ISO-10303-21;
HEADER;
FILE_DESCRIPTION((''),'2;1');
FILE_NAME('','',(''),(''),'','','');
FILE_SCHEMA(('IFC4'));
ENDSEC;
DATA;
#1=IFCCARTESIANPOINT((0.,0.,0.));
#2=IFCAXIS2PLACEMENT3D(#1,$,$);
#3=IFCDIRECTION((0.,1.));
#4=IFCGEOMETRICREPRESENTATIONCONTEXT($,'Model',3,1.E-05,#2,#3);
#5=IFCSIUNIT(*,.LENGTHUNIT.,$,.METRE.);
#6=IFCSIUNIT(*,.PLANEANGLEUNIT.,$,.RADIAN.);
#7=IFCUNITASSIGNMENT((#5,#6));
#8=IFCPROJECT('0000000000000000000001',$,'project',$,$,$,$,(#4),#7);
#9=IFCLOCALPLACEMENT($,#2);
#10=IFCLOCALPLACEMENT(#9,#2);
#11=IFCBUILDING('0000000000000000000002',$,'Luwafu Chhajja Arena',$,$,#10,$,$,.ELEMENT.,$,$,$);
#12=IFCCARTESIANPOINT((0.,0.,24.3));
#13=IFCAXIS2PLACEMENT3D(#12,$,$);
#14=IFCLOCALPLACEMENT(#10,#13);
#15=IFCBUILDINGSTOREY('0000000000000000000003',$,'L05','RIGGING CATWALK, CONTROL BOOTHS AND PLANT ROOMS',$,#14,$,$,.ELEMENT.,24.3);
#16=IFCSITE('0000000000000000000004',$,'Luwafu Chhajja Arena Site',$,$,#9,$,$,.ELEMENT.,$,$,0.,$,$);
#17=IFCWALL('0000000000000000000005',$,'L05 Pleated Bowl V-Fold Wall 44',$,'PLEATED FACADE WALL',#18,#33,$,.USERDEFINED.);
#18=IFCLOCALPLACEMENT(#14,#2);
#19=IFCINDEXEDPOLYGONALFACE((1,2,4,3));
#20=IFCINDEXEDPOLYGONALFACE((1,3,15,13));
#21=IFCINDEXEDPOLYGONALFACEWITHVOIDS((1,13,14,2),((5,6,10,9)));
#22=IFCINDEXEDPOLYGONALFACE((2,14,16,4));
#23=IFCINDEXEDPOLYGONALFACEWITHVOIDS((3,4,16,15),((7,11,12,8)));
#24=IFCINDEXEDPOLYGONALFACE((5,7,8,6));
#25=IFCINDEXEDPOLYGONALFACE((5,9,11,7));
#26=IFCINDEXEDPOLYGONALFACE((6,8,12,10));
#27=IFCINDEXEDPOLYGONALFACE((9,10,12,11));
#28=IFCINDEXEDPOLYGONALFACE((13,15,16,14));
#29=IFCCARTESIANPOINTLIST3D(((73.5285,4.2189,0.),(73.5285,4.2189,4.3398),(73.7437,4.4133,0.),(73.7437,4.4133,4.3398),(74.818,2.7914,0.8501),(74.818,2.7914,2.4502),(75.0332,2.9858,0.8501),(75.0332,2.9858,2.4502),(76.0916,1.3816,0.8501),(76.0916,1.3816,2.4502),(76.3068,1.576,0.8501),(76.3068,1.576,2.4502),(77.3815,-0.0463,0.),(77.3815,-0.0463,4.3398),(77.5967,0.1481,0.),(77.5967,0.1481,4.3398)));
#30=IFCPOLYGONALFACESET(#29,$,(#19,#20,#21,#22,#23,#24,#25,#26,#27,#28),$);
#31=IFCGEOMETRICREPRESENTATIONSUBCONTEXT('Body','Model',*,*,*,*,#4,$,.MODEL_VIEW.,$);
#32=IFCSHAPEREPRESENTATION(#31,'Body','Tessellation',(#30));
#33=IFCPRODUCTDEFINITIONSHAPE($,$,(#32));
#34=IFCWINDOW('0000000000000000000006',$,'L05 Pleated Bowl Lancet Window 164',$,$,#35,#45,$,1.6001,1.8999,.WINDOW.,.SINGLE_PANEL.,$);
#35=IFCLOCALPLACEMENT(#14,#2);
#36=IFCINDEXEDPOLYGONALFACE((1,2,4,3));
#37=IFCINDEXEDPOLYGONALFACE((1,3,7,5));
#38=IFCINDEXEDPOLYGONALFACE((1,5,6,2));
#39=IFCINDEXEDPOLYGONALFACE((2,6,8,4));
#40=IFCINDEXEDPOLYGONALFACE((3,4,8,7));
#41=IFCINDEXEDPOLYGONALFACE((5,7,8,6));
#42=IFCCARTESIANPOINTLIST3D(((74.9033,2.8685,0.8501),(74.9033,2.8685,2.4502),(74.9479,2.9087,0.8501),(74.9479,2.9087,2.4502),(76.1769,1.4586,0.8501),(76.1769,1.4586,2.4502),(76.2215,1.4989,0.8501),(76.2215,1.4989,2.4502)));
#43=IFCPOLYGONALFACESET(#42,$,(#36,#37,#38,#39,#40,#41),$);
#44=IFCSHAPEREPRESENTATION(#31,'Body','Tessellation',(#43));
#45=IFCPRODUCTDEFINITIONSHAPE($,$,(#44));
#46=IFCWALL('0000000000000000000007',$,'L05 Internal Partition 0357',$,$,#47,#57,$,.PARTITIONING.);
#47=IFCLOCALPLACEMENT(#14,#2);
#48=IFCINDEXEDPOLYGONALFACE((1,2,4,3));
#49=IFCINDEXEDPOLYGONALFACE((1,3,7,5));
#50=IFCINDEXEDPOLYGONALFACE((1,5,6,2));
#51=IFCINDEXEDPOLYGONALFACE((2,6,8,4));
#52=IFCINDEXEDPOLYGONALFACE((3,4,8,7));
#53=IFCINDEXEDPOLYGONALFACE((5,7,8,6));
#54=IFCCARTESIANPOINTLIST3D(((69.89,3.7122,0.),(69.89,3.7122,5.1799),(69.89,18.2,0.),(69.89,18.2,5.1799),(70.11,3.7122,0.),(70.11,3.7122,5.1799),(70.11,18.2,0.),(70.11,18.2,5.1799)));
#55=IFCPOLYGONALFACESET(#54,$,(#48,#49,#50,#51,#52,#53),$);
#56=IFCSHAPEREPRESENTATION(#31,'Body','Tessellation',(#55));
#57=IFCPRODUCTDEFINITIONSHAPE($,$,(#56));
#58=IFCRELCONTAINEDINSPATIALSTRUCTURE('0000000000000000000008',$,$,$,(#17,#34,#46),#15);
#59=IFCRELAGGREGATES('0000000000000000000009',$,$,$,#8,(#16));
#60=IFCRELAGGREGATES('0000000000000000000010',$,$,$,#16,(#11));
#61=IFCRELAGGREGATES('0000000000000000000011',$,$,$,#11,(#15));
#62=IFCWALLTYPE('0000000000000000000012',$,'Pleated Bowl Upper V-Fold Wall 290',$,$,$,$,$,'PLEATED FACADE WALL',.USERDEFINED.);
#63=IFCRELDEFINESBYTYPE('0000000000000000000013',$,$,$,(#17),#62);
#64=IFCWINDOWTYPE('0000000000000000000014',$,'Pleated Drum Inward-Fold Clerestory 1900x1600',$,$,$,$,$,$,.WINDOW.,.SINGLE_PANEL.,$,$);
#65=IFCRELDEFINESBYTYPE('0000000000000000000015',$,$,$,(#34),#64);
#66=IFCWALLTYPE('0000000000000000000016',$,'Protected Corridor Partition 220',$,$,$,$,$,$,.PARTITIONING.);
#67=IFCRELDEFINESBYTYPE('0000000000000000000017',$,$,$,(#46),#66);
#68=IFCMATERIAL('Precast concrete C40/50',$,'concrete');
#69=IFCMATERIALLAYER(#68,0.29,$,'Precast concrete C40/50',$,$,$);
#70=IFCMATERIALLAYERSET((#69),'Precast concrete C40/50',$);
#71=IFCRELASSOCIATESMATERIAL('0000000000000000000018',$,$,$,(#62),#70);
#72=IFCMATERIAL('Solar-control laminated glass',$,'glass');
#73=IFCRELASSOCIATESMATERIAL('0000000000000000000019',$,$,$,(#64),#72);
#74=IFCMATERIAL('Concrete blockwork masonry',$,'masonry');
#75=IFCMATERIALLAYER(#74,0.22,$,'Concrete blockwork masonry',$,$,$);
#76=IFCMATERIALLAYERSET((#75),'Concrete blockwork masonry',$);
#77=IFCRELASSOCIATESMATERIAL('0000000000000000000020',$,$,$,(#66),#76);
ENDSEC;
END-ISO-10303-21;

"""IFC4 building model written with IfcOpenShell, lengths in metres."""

from ifc_helpers import new_model, si_unit, direction, frame, frame_2d, origin, place, context, subcontext, project, spatial, rectangle, extrude, material, layer, layer_set, type_object, element, fill, save


model = new_model("IFC4")

# Units and contexts
model_context = context("Model", 3, precision=1e-05, world=origin(), true_north=direction((0.0, 1.0)))
body_context = subcontext(model_context, "Body", "Model", "MODEL_VIEW")
ifc_project = project(units=[si_unit("LENGTHUNIT", "METRE"), si_unit("PLANEANGLEUNIT", "RADIAN")], contexts=[model_context])

# Site, building, storey
site_placement = place(None, origin())
site = spatial("IfcSite", under=ifc_project, at=site_placement, Name="Luwafu Chhajja Arena Site", CompositionType="ELEMENT", RefElevation=0.0)
building_placement = place(site_placement, origin())
building = spatial("IfcBuilding", under=site, at=building_placement, Name="Luwafu Chhajja Arena", CompositionType="ELEMENT")
storey_placement = place(building_placement, frame((0.0, 0.0, 24.3)))
storey = spatial("IfcBuildingStorey", under=building, at=storey_placement, Name="L05", Description="RIGGING CATWALK, CONTROL BOOTHS AND PLANT ROOMS", CompositionType="ELEMENT", Elevation=24.3)

# Shared definitions
ifc_material_1 = material(Name="Solar-control laminated glass", Category="glass")

# Wall, opening, window
ifc_material_2 = material(Name="Precast concrete C40/50", Category="concrete")
ifc_layer_1 = layer(ifc_material_2, 0.29, Name="Precast concrete C40/50")
ifc_layer_set_1 = layer_set([ifc_layer_1], Name="Precast concrete C40/50")
wall_type_1 = type_object("IfcWallType", Name="Pleated Bowl Upper V-Fold Wall 290", ElementType="PLEATED FACADE WALL", PredefinedType="USERDEFINED", material=ifc_layer_set_1)
wall_1_placement = place(storey_placement, frame((73.636, 4.3162, 0.0), z_axis=(0.0, 0.0, 1.0), x_axis=(0.670348, -0.742047, 0.0)))
wall_1 = element("IfcWall", 1, at=wall_1_placement, inside=storey, type_object=wall_type_1, Name="L05 Pleated Bowl V-Fold Wall 44", ObjectType="PLEATED FACADE WALL", PredefinedType="USERDEFINED", context=body_context, shape_type="SweptSolid", body=[
    extrude(rectangle(XDim=5.7478, YDim=0.29, at=frame_2d((2.874, 0.0))), origin(), (0.0, 0.0, 1.0), 4.3398),
])
opening_1_placement = place(wall_1_placement, frame((1.9238, 0.0, 0.8501)))
opening_1 = element("IfcOpeningElement", 2, at=opening_1_placement, cuts=wall_1, PredefinedType="OPENING", context=body_context, shape_type="SweptSolid", body=[
    extrude(rectangle(XDim=1.8999, YDim=1.6001, at=frame_2d((0.95, 0.8))), frame((0.0, 0.155, 0.0), z_axis=(0.0, -1.0, 0.0), x_axis=(1.0, 0.0, 0.0)), (0.0, 0.0, 1.0), 0.3101),
])
window_type = type_object("IfcWindowType", Name="Pleated Drum Inward-Fold Clerestory 1900x1600", PartitioningType="SINGLE_PANEL", PredefinedType="WINDOW", material=ifc_material_1)
window_placement = place(opening_1_placement, origin())
window = element("IfcWindow", 3, at=window_placement, inside=storey, type_object=window_type, Name="L05 Pleated Bowl Lancet Window 164", OverallHeight=1.6001, OverallWidth=1.8999, PartitioningType="SINGLE_PANEL", PredefinedType="WINDOW", context=body_context, shape_type="SweptSolid", body=[
    extrude(rectangle(XDim=1.8999, YDim=1.6001, at=frame_2d((0.95, 0.8))), frame((0.0, 0.03, 0.0), z_axis=(0.0, -1.0, 0.0), x_axis=(1.0, 0.0, 0.0)), (0.0, 0.0, 1.0), 0.0601),
])
fill(opening_1, window)

# Wall
ifc_material_3 = material(Name="Concrete blockwork masonry", Category="masonry")
ifc_layer_2 = layer(ifc_material_3, 0.22, Name="Concrete blockwork masonry")
ifc_layer_set_2 = layer_set([ifc_layer_2], Name="Concrete blockwork masonry")
wall_type_2 = type_object("IfcWallType", Name="Protected Corridor Partition 220", PredefinedType="PARTITIONING", material=ifc_layer_set_2)
wall_2_placement = place(storey_placement, frame((70.0, 3.7122, 0.0), z_axis=(0.0, 0.0, 1.0), x_axis=(0.0, 1.0, 0.0)))
element("IfcWall", 4, at=wall_2_placement, inside=storey, type_object=wall_type_2, Name="L05 Internal Partition 0357", PredefinedType="PARTITIONING", context=body_context, shape_type="SweptSolid", body=[
    extrude(rectangle(XDim=14.4878, YDim=0.22, at=frame_2d((7.2439, 0.0))), origin(), (0.0, 0.0, 1.0), 5.1799),
])

save(model, "model.ifc")
